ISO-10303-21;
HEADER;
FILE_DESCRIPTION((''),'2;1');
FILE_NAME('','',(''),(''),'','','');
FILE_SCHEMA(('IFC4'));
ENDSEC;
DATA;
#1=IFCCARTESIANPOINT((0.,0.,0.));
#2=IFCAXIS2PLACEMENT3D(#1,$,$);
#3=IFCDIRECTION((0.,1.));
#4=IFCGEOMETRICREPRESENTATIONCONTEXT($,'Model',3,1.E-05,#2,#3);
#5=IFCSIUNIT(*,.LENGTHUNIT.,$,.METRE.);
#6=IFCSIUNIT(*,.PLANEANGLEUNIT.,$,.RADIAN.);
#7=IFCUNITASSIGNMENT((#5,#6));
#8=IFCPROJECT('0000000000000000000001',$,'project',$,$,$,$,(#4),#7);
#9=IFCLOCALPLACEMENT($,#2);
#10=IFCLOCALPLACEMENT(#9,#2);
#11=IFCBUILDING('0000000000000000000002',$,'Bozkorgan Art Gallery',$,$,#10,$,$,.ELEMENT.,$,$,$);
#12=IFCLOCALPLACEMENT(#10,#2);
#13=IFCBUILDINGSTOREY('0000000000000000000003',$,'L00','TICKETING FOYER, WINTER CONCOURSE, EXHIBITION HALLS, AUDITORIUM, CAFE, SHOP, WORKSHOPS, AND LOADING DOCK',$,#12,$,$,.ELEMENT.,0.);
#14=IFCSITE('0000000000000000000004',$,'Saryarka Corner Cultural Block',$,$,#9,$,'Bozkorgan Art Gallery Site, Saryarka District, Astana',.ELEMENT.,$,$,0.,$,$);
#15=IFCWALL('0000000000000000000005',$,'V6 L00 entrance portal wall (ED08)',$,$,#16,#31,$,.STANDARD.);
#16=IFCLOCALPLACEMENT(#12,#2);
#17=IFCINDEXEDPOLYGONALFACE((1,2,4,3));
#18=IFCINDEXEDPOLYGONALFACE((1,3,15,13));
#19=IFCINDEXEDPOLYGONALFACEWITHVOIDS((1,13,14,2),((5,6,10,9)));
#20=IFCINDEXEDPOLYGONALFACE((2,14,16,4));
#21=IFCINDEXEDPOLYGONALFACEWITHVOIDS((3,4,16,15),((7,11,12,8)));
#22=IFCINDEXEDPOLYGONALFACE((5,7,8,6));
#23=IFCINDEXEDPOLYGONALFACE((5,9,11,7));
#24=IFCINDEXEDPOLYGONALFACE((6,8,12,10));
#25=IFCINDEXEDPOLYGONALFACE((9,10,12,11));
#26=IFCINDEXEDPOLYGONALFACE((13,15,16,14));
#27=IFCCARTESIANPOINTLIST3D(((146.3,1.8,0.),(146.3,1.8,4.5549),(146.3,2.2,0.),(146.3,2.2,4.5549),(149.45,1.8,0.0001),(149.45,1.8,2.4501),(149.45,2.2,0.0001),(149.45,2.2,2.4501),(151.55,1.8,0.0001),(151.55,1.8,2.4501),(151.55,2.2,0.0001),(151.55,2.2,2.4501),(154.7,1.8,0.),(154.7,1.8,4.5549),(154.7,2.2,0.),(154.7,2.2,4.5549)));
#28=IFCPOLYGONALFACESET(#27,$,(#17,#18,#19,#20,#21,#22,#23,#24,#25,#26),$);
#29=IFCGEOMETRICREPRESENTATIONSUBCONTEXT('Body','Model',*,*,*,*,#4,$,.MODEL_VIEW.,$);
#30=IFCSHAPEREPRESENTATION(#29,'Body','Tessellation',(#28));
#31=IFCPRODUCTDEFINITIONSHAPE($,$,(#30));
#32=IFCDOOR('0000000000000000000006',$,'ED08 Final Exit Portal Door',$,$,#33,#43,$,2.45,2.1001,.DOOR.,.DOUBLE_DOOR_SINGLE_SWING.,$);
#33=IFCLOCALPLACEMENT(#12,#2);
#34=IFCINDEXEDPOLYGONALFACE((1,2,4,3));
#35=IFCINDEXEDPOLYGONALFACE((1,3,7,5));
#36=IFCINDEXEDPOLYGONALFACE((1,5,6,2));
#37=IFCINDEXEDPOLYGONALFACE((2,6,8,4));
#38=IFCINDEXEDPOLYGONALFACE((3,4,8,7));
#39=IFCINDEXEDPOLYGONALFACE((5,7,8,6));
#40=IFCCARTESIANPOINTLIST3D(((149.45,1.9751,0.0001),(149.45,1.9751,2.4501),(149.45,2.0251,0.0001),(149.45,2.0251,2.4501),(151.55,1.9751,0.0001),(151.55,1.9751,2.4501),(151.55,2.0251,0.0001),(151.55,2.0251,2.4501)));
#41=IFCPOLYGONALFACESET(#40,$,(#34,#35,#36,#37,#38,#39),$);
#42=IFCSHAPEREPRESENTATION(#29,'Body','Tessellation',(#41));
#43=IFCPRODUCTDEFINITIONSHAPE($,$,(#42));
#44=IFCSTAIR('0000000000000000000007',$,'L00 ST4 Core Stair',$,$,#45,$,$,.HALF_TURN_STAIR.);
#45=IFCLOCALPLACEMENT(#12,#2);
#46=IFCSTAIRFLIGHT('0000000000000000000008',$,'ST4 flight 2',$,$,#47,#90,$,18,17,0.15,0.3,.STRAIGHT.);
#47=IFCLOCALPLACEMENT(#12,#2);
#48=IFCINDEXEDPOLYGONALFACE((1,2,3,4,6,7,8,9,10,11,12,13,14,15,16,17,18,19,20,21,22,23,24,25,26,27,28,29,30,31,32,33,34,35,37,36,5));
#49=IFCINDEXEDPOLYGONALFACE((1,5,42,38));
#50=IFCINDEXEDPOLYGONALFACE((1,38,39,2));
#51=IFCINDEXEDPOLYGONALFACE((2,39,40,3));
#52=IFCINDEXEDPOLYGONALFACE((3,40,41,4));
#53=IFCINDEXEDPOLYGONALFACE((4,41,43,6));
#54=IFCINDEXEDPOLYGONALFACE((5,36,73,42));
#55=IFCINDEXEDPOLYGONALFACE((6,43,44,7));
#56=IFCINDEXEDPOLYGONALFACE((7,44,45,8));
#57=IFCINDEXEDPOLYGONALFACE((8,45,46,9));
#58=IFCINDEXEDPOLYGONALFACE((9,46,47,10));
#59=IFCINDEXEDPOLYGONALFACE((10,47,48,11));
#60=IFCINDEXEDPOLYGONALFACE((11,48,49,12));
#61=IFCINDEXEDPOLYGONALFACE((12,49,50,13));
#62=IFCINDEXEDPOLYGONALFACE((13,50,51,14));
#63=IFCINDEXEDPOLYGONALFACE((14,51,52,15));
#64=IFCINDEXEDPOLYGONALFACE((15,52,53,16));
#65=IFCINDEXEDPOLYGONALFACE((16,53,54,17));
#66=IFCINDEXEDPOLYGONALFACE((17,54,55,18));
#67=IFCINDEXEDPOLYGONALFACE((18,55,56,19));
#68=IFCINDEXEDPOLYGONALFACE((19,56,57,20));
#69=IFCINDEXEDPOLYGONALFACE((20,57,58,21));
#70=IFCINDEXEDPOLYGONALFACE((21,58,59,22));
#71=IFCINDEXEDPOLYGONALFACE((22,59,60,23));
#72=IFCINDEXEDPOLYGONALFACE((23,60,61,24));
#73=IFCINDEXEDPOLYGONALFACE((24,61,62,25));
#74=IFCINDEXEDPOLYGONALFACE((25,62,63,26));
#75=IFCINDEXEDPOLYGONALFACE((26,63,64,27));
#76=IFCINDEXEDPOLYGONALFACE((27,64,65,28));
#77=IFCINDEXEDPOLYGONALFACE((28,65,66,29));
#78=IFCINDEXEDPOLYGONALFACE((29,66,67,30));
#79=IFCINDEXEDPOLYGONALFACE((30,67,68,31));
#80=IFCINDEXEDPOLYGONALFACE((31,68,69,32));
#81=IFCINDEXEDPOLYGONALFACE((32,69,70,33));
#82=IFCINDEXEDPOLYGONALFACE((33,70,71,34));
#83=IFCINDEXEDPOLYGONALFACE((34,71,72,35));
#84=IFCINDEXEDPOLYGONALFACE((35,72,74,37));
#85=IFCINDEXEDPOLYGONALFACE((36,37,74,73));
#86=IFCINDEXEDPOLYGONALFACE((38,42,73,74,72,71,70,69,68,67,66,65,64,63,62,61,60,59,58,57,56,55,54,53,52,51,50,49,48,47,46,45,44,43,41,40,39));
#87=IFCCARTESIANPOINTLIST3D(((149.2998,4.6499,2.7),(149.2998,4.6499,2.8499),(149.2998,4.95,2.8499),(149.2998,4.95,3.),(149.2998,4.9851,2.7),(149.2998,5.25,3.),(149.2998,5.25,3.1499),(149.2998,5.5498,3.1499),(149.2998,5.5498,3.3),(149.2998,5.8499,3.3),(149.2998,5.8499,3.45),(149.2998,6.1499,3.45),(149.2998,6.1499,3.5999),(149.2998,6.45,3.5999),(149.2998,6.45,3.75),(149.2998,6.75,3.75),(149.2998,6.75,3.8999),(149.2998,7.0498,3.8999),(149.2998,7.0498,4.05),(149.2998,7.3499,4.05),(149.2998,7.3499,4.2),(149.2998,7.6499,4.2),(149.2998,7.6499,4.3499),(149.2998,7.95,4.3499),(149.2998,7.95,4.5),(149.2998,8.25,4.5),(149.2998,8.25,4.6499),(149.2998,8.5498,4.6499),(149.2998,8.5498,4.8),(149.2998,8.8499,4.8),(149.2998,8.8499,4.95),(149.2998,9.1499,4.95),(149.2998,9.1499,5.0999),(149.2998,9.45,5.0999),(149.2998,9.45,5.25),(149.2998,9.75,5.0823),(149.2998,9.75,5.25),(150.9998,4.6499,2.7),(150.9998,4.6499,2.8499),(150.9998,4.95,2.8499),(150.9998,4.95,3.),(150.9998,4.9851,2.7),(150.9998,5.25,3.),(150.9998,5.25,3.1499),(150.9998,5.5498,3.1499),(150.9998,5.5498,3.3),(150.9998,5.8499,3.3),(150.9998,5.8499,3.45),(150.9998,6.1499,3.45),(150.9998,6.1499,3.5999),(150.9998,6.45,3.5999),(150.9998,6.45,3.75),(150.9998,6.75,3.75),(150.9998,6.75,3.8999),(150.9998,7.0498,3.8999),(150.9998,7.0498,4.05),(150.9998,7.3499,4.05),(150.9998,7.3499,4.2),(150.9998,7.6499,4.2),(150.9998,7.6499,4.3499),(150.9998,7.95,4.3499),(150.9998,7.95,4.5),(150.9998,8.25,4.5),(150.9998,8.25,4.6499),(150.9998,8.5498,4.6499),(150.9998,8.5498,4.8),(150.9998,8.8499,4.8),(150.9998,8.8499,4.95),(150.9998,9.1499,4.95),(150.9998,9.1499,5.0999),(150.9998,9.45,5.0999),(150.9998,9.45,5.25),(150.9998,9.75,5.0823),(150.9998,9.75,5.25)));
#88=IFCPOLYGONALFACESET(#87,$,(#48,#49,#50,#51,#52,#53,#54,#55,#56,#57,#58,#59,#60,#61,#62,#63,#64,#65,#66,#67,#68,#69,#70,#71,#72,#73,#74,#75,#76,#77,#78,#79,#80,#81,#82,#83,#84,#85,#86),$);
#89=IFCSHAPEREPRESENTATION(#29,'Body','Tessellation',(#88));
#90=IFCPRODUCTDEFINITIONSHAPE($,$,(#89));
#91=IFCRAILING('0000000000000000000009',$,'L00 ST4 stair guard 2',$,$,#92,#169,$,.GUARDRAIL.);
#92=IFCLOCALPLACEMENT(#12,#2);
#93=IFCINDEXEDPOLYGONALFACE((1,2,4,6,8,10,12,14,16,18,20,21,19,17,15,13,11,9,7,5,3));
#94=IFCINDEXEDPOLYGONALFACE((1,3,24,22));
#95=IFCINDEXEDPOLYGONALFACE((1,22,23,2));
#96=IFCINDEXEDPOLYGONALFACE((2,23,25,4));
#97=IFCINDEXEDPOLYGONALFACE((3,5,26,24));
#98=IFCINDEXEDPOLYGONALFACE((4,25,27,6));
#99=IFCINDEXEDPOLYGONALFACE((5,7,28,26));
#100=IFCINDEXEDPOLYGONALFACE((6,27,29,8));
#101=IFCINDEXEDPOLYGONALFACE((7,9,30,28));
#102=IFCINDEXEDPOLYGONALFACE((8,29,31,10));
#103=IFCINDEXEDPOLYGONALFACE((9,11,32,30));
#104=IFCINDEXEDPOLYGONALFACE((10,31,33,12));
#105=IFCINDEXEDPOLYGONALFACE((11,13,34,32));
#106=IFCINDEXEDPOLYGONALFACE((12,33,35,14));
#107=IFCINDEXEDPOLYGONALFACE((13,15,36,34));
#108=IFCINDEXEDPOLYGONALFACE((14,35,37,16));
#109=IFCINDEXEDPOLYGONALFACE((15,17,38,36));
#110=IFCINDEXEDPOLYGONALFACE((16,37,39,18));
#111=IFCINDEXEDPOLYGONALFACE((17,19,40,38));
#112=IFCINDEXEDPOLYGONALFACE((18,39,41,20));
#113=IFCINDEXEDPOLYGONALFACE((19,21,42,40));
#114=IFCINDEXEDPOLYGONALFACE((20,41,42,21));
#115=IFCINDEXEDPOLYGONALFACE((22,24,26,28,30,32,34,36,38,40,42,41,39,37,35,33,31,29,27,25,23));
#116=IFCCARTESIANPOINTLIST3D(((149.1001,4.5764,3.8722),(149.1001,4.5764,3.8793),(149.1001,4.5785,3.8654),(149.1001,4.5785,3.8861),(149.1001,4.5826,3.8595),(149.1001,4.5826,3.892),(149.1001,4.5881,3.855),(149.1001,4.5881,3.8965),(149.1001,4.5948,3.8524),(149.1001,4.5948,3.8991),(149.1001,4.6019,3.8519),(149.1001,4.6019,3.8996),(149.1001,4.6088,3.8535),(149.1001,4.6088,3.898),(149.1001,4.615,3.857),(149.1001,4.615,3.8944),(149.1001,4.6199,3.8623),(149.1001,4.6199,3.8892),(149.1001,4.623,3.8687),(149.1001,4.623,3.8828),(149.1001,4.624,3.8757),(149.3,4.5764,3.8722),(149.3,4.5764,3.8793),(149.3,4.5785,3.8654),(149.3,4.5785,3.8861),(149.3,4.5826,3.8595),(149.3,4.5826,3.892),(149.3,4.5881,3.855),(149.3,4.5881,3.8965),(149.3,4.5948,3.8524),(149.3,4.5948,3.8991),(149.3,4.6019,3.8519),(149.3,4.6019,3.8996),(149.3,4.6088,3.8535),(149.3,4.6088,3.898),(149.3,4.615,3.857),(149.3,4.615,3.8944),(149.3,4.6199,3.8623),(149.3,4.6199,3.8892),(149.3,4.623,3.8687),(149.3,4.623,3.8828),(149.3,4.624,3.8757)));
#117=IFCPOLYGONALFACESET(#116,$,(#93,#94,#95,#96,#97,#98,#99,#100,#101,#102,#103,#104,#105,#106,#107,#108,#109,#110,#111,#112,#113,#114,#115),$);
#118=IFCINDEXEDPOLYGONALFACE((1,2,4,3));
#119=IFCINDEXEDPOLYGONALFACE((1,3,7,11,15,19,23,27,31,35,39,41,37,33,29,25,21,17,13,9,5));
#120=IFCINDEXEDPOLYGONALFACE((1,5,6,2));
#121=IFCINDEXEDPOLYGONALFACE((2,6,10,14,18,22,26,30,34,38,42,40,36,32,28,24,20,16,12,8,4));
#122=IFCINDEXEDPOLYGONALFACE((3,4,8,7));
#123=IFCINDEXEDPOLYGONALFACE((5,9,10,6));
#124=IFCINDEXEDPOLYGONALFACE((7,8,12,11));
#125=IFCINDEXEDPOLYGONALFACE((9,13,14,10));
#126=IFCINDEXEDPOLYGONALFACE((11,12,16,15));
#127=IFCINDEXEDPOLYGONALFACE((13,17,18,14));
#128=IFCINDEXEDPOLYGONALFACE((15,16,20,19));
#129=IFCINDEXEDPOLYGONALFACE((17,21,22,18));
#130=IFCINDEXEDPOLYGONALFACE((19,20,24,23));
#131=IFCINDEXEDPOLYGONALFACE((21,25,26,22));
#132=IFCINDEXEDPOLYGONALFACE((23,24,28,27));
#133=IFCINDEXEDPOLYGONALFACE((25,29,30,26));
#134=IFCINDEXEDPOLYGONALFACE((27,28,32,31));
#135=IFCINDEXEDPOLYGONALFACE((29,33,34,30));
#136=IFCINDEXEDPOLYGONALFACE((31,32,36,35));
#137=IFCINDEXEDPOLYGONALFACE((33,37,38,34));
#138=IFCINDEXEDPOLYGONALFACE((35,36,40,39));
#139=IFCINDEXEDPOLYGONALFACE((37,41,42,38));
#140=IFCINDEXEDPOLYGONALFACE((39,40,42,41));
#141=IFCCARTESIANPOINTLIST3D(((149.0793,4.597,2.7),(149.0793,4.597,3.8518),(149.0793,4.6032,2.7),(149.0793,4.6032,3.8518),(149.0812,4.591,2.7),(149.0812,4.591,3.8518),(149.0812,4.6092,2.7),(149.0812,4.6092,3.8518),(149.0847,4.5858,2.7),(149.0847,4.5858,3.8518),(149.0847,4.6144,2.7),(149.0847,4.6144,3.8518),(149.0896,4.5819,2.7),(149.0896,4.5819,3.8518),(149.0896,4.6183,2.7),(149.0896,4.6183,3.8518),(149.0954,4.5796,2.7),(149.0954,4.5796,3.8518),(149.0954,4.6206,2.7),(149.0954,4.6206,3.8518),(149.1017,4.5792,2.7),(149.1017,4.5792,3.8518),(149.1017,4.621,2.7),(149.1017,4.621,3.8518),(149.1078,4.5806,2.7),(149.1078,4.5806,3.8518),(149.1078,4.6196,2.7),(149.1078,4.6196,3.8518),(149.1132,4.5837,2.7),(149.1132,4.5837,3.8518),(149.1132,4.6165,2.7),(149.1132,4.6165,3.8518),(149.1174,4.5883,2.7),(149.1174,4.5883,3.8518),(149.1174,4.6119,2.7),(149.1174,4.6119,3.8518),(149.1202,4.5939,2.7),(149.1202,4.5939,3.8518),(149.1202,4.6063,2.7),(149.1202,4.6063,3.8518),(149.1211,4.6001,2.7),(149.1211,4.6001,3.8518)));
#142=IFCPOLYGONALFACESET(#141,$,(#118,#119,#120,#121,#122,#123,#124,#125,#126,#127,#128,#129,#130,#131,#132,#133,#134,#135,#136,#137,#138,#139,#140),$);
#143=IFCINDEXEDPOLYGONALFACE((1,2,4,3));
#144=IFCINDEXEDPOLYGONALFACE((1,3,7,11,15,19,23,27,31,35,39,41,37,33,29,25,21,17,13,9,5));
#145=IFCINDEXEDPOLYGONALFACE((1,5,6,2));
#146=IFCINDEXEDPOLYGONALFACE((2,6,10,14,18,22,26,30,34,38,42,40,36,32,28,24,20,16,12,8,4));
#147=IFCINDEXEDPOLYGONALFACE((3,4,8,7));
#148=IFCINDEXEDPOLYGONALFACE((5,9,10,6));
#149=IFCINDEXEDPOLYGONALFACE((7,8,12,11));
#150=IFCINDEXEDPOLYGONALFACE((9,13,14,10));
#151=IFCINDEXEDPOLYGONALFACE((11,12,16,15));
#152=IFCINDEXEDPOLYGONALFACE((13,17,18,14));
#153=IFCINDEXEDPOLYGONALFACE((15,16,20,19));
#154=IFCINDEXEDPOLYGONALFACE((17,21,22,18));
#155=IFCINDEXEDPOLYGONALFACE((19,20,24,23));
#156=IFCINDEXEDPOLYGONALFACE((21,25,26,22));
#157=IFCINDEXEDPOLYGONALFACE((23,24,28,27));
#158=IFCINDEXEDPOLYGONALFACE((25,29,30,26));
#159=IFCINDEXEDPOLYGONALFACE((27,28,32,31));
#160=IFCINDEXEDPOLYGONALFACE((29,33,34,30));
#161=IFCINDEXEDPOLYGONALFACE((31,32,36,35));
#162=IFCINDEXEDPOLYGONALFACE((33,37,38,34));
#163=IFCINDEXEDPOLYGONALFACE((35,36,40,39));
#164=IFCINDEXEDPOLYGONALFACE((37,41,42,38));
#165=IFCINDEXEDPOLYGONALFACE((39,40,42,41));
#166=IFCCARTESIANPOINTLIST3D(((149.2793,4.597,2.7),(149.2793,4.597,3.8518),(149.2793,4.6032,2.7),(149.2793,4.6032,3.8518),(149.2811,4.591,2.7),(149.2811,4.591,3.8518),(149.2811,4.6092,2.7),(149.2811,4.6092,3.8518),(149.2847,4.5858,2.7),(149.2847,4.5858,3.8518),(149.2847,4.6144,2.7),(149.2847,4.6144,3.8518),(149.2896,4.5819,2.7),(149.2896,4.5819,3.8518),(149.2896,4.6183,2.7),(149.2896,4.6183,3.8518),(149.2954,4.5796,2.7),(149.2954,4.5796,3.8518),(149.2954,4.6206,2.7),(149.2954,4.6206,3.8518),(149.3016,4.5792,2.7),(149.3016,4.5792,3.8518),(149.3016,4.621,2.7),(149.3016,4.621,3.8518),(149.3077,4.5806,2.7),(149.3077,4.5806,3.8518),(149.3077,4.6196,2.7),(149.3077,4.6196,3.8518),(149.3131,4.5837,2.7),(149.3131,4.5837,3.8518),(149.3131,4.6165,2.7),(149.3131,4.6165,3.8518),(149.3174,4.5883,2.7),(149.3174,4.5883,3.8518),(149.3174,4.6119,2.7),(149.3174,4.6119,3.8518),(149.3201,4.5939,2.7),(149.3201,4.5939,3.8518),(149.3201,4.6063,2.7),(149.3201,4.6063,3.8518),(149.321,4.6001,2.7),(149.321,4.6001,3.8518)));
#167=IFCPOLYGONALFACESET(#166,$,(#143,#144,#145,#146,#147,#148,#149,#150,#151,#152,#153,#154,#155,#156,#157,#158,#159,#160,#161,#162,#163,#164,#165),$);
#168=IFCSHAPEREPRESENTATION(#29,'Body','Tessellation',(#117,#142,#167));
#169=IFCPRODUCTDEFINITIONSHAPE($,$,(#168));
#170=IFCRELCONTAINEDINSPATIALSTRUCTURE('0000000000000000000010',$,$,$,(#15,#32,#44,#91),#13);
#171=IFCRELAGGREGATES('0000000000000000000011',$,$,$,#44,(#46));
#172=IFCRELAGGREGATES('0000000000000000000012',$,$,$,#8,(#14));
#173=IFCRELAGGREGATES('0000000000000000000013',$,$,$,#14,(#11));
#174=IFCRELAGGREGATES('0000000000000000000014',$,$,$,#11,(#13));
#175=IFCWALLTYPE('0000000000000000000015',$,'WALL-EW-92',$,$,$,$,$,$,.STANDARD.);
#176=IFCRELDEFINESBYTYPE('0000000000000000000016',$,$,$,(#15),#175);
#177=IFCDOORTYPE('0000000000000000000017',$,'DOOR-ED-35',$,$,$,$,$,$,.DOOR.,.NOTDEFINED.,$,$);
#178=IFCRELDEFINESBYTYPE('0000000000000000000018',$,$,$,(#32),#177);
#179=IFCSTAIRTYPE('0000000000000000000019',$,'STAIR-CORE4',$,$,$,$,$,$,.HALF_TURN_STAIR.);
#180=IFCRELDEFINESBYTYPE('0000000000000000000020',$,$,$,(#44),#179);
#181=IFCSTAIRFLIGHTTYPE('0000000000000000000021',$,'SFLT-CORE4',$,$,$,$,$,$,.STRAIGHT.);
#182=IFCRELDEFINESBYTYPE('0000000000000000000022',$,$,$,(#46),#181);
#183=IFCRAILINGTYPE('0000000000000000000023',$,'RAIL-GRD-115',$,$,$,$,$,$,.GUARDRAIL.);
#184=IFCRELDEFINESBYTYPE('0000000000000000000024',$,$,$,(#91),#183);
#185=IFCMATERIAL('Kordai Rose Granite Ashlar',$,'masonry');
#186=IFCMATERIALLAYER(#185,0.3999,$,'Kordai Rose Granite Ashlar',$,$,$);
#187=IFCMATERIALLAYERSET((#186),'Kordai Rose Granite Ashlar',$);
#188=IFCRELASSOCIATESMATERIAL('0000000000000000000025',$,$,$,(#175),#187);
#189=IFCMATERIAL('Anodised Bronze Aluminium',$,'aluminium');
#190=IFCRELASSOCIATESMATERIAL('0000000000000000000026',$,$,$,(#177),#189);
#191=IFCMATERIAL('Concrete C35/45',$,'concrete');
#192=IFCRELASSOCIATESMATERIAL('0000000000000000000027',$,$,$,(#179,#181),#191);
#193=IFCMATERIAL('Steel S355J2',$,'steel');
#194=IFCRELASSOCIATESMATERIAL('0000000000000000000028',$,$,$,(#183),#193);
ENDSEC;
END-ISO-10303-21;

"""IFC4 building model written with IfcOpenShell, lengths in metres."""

from ifc_helpers import new_model, si_unit, direction, frame, frame_2d, origin, origin_2d, place, context, subcontext, project, spatial, polyline, rectangle, circle, outline, extrude, material, layer, layer_set, type_object, element, fill, aggregate, save


model = new_model("IFC4")

# Units and contexts
model_context = context("Model", 3, precision=1e-05, world=origin(), true_north=direction((0.0, 1.0)))
body_context = subcontext(model_context, "Body", "Model", "MODEL_VIEW")
ifc_project = project(units=[si_unit("LENGTHUNIT", "METRE"), si_unit("PLANEANGLEUNIT", "RADIAN")], contexts=[model_context])

# Site, building, storey
site_placement = place(None, origin())
site = spatial("IfcSite", under=ifc_project, at=site_placement, Name="Saryarka Corner Cultural Block", LongName="Bozkorgan Art Gallery Site, Saryarka District, Astana", CompositionType="ELEMENT", RefElevation=0.0)
building_placement = place(site_placement, origin())
building = spatial("IfcBuilding", under=site, at=building_placement, Name="Bozkorgan Art Gallery", CompositionType="ELEMENT")
storey_placement = place(building_placement, origin())
storey = spatial("IfcBuildingStorey", under=building, at=storey_placement, Name="L00", Description="TICKETING FOYER, WINTER CONCOURSE, EXHIBITION HALLS, AUDITORIUM, CAFE, SHOP, WORKSHOPS, AND LOADING DOCK", CompositionType="ELEMENT", Elevation=0.0)

# Shared definitions
ifc_material_1 = material(Name="Steel S355J2", Category="steel")

# Wall, opening, door
ifc_material_2 = material(Name="Kordai Rose Granite Ashlar", Category="masonry")
ifc_layer_1 = layer(ifc_material_2, 0.3999, Name="Kordai Rose Granite Ashlar")
ifc_layer_set_1 = layer_set([ifc_layer_1], Name="Kordai Rose Granite Ashlar")
wall_type_1 = type_object("IfcWallType", Name="WALL-EW-92", PredefinedType="STANDARD", material=ifc_layer_set_1)
wall_1_placement = place(storey_placement, frame((146.3, 2.0, 0.0), z_axis=(0.0, 0.0, 1.0), x_axis=(1.0, 0.0, 0.0)))
wall_1 = element("IfcWall", 1, at=wall_1_placement, inside=storey, type_object=wall_type_1, Name="V6 L00 entrance portal wall (ED08)", PredefinedType="STANDARD", context=body_context, shape_type="SweptSolid", body=[
    extrude(rectangle(XDim=8.3999, YDim=0.3999, at=frame_2d((4.2, 0.0))), origin(), (0.0, 0.0, 1.0), 4.5549),
])
opening_placement = place(wall_1_placement, frame((5.25, 0.0, 0.0), z_axis=(0.0, 0.0, 1.0), x_axis=(-1.0, 0.0, 0.0)))
opening = element("IfcOpeningElement", 2, at=opening_placement, cuts=wall_1, PredefinedType="OPENING", context=body_context, shape_type="SweptSolid", body=[
    extrude(rectangle(XDim=2.1001, YDim=2.45, at=frame_2d((1.05, 1.2251))), frame((0.0, 0.21, 0.0), z_axis=(0.0, -1.0, 0.0), x_axis=(1.0, 0.0, 0.0)), (0.0, 0.0, 1.0), 0.4199),
])
ifc_material_3 = material(Name="Anodised Bronze Aluminium", Category="aluminium")
door_type = type_object("IfcDoorType", Name="DOOR-ED-35", OperationType="NOTDEFINED", PredefinedType="DOOR", material=ifc_material_3)
door_placement = place(opening_placement, origin())
door = element("IfcDoor", 3, at=door_placement, inside=storey, type_object=door_type, Name="ED08 Final Exit Portal Door", OperationType="DOUBLE_DOOR_SINGLE_SWING", OverallHeight=2.45, OverallWidth=2.1001, PredefinedType="DOOR", context=body_context, shape_type="SweptSolid", body=[
    extrude(rectangle(XDim=2.1001, YDim=2.45, at=frame_2d((1.05, 1.2251))), frame((0.0, 0.0249, 0.0), z_axis=(0.0, -1.0, 0.0), x_axis=(1.0, 0.0, 0.0)), (0.0, 0.0, 1.0), 0.05),
])
fill(opening, door)

# Stair, stair flight
ifc_material_4 = material(Name="Concrete C35/45", Category="concrete")
stair_type = type_object("IfcStairType", Name="STAIR-CORE4", PredefinedType="HALF_TURN_STAIR", material=ifc_material_4)
stair_placement = place(storey_placement, origin())
stair = element("IfcStair", 4, at=stair_placement, inside=storey, type_object=stair_type, Name="L00 ST4 Core Stair", PredefinedType="HALF_TURN_STAIR")
stair_flight_type = type_object("IfcStairFlightType", Name="SFLT-CORE4", PredefinedType="STRAIGHT", material=ifc_material_4)
stair_flight_placement = place(storey_placement, frame((150.1499, 4.6499, 2.7), z_axis=(0.0, 0.0, 1.0), x_axis=(0.0, 1.0, 0.0)))
stair_flight = element("IfcStairFlight", 5, at=stair_flight_placement, type_object=stair_flight_type, Name="ST4 flight 2", NumberOfRisers=18, NumberOfTreads=17, PredefinedType="STRAIGHT", RiserHeight=0.15, TreadLength=0.3, context=body_context, shape_type="SweptSolid", body=[
    extrude(outline(polyline([(0.0, 0.0), (0.0, 0.1499), (0.3, 0.1499), (0.3, 0.3), (0.6001, 0.3), (0.6001, 0.45), (0.8999, 0.45), (0.8999, 0.6001), (1.2, 0.6001), (1.2, 0.75), (1.5, 0.75), (1.5, 0.8999), (1.8, 0.8999), (1.8, 1.05), (2.1001, 1.05), (2.1001, 1.2), (2.3999, 1.2), (2.3999, 1.3501), (2.7, 1.3501), (2.7, 1.5), (3.0, 1.5), (3.0, 1.6499), (3.3, 1.6499), (3.3, 1.8), (3.6001, 1.8), (3.6001, 1.95), (3.8999, 1.95), (3.8999, 2.1001), (4.2, 2.1001), (4.2, 2.25), (4.5, 2.25), (4.5, 2.3999), (4.8, 2.3999), (4.8, 2.55), (5.1001, 2.55), (5.1001, 2.7), (5.1001, 2.3823), (0.3352, 0.0), (0.0, 0.0)])), frame((0.0, 0.8501, 0.0), z_axis=(0.0, -1.0, 0.0), x_axis=(1.0, 0.0, 0.0)), (0.0, 0.0, 1.0), 1.7),
])
aggregate(stair, [stair_flight])

# Railing
railing_type_1 = type_object("IfcRailingType", Name="RAIL-GRD-115", PredefinedType="GUARDRAIL", material=ifc_material_1)
railing_1_placement = place(storey_placement, frame((149.1001, 4.6001, 2.7)))
element("IfcRailing", 6, at=railing_1_placement, inside=storey, type_object=railing_type_1, Name="L00 ST4 stair guard 2", PredefinedType="GUARDRAIL", context=body_context, shape_type="SweptSolid", body=[
    extrude(circle(Radius=0.0239, at=origin_2d()), frame((0.0, 0.0, 1.1758), z_axis=(1.0, 0.0, 0.0), x_axis=(0.0, 1.0, 0.0)), (0.0, 0.0, 1.0), 0.2),
    extrude(circle(Radius=0.021, at=origin_2d()), origin(), (0.0, 0.0, 1.0), 1.1519),
    extrude(circle(Radius=0.021, at=origin_2d()), frame((0.2, 0.0, 0.0)), (0.0, 0.0, 1.0), 1.1519),
])

save(model, "model.ifc")
